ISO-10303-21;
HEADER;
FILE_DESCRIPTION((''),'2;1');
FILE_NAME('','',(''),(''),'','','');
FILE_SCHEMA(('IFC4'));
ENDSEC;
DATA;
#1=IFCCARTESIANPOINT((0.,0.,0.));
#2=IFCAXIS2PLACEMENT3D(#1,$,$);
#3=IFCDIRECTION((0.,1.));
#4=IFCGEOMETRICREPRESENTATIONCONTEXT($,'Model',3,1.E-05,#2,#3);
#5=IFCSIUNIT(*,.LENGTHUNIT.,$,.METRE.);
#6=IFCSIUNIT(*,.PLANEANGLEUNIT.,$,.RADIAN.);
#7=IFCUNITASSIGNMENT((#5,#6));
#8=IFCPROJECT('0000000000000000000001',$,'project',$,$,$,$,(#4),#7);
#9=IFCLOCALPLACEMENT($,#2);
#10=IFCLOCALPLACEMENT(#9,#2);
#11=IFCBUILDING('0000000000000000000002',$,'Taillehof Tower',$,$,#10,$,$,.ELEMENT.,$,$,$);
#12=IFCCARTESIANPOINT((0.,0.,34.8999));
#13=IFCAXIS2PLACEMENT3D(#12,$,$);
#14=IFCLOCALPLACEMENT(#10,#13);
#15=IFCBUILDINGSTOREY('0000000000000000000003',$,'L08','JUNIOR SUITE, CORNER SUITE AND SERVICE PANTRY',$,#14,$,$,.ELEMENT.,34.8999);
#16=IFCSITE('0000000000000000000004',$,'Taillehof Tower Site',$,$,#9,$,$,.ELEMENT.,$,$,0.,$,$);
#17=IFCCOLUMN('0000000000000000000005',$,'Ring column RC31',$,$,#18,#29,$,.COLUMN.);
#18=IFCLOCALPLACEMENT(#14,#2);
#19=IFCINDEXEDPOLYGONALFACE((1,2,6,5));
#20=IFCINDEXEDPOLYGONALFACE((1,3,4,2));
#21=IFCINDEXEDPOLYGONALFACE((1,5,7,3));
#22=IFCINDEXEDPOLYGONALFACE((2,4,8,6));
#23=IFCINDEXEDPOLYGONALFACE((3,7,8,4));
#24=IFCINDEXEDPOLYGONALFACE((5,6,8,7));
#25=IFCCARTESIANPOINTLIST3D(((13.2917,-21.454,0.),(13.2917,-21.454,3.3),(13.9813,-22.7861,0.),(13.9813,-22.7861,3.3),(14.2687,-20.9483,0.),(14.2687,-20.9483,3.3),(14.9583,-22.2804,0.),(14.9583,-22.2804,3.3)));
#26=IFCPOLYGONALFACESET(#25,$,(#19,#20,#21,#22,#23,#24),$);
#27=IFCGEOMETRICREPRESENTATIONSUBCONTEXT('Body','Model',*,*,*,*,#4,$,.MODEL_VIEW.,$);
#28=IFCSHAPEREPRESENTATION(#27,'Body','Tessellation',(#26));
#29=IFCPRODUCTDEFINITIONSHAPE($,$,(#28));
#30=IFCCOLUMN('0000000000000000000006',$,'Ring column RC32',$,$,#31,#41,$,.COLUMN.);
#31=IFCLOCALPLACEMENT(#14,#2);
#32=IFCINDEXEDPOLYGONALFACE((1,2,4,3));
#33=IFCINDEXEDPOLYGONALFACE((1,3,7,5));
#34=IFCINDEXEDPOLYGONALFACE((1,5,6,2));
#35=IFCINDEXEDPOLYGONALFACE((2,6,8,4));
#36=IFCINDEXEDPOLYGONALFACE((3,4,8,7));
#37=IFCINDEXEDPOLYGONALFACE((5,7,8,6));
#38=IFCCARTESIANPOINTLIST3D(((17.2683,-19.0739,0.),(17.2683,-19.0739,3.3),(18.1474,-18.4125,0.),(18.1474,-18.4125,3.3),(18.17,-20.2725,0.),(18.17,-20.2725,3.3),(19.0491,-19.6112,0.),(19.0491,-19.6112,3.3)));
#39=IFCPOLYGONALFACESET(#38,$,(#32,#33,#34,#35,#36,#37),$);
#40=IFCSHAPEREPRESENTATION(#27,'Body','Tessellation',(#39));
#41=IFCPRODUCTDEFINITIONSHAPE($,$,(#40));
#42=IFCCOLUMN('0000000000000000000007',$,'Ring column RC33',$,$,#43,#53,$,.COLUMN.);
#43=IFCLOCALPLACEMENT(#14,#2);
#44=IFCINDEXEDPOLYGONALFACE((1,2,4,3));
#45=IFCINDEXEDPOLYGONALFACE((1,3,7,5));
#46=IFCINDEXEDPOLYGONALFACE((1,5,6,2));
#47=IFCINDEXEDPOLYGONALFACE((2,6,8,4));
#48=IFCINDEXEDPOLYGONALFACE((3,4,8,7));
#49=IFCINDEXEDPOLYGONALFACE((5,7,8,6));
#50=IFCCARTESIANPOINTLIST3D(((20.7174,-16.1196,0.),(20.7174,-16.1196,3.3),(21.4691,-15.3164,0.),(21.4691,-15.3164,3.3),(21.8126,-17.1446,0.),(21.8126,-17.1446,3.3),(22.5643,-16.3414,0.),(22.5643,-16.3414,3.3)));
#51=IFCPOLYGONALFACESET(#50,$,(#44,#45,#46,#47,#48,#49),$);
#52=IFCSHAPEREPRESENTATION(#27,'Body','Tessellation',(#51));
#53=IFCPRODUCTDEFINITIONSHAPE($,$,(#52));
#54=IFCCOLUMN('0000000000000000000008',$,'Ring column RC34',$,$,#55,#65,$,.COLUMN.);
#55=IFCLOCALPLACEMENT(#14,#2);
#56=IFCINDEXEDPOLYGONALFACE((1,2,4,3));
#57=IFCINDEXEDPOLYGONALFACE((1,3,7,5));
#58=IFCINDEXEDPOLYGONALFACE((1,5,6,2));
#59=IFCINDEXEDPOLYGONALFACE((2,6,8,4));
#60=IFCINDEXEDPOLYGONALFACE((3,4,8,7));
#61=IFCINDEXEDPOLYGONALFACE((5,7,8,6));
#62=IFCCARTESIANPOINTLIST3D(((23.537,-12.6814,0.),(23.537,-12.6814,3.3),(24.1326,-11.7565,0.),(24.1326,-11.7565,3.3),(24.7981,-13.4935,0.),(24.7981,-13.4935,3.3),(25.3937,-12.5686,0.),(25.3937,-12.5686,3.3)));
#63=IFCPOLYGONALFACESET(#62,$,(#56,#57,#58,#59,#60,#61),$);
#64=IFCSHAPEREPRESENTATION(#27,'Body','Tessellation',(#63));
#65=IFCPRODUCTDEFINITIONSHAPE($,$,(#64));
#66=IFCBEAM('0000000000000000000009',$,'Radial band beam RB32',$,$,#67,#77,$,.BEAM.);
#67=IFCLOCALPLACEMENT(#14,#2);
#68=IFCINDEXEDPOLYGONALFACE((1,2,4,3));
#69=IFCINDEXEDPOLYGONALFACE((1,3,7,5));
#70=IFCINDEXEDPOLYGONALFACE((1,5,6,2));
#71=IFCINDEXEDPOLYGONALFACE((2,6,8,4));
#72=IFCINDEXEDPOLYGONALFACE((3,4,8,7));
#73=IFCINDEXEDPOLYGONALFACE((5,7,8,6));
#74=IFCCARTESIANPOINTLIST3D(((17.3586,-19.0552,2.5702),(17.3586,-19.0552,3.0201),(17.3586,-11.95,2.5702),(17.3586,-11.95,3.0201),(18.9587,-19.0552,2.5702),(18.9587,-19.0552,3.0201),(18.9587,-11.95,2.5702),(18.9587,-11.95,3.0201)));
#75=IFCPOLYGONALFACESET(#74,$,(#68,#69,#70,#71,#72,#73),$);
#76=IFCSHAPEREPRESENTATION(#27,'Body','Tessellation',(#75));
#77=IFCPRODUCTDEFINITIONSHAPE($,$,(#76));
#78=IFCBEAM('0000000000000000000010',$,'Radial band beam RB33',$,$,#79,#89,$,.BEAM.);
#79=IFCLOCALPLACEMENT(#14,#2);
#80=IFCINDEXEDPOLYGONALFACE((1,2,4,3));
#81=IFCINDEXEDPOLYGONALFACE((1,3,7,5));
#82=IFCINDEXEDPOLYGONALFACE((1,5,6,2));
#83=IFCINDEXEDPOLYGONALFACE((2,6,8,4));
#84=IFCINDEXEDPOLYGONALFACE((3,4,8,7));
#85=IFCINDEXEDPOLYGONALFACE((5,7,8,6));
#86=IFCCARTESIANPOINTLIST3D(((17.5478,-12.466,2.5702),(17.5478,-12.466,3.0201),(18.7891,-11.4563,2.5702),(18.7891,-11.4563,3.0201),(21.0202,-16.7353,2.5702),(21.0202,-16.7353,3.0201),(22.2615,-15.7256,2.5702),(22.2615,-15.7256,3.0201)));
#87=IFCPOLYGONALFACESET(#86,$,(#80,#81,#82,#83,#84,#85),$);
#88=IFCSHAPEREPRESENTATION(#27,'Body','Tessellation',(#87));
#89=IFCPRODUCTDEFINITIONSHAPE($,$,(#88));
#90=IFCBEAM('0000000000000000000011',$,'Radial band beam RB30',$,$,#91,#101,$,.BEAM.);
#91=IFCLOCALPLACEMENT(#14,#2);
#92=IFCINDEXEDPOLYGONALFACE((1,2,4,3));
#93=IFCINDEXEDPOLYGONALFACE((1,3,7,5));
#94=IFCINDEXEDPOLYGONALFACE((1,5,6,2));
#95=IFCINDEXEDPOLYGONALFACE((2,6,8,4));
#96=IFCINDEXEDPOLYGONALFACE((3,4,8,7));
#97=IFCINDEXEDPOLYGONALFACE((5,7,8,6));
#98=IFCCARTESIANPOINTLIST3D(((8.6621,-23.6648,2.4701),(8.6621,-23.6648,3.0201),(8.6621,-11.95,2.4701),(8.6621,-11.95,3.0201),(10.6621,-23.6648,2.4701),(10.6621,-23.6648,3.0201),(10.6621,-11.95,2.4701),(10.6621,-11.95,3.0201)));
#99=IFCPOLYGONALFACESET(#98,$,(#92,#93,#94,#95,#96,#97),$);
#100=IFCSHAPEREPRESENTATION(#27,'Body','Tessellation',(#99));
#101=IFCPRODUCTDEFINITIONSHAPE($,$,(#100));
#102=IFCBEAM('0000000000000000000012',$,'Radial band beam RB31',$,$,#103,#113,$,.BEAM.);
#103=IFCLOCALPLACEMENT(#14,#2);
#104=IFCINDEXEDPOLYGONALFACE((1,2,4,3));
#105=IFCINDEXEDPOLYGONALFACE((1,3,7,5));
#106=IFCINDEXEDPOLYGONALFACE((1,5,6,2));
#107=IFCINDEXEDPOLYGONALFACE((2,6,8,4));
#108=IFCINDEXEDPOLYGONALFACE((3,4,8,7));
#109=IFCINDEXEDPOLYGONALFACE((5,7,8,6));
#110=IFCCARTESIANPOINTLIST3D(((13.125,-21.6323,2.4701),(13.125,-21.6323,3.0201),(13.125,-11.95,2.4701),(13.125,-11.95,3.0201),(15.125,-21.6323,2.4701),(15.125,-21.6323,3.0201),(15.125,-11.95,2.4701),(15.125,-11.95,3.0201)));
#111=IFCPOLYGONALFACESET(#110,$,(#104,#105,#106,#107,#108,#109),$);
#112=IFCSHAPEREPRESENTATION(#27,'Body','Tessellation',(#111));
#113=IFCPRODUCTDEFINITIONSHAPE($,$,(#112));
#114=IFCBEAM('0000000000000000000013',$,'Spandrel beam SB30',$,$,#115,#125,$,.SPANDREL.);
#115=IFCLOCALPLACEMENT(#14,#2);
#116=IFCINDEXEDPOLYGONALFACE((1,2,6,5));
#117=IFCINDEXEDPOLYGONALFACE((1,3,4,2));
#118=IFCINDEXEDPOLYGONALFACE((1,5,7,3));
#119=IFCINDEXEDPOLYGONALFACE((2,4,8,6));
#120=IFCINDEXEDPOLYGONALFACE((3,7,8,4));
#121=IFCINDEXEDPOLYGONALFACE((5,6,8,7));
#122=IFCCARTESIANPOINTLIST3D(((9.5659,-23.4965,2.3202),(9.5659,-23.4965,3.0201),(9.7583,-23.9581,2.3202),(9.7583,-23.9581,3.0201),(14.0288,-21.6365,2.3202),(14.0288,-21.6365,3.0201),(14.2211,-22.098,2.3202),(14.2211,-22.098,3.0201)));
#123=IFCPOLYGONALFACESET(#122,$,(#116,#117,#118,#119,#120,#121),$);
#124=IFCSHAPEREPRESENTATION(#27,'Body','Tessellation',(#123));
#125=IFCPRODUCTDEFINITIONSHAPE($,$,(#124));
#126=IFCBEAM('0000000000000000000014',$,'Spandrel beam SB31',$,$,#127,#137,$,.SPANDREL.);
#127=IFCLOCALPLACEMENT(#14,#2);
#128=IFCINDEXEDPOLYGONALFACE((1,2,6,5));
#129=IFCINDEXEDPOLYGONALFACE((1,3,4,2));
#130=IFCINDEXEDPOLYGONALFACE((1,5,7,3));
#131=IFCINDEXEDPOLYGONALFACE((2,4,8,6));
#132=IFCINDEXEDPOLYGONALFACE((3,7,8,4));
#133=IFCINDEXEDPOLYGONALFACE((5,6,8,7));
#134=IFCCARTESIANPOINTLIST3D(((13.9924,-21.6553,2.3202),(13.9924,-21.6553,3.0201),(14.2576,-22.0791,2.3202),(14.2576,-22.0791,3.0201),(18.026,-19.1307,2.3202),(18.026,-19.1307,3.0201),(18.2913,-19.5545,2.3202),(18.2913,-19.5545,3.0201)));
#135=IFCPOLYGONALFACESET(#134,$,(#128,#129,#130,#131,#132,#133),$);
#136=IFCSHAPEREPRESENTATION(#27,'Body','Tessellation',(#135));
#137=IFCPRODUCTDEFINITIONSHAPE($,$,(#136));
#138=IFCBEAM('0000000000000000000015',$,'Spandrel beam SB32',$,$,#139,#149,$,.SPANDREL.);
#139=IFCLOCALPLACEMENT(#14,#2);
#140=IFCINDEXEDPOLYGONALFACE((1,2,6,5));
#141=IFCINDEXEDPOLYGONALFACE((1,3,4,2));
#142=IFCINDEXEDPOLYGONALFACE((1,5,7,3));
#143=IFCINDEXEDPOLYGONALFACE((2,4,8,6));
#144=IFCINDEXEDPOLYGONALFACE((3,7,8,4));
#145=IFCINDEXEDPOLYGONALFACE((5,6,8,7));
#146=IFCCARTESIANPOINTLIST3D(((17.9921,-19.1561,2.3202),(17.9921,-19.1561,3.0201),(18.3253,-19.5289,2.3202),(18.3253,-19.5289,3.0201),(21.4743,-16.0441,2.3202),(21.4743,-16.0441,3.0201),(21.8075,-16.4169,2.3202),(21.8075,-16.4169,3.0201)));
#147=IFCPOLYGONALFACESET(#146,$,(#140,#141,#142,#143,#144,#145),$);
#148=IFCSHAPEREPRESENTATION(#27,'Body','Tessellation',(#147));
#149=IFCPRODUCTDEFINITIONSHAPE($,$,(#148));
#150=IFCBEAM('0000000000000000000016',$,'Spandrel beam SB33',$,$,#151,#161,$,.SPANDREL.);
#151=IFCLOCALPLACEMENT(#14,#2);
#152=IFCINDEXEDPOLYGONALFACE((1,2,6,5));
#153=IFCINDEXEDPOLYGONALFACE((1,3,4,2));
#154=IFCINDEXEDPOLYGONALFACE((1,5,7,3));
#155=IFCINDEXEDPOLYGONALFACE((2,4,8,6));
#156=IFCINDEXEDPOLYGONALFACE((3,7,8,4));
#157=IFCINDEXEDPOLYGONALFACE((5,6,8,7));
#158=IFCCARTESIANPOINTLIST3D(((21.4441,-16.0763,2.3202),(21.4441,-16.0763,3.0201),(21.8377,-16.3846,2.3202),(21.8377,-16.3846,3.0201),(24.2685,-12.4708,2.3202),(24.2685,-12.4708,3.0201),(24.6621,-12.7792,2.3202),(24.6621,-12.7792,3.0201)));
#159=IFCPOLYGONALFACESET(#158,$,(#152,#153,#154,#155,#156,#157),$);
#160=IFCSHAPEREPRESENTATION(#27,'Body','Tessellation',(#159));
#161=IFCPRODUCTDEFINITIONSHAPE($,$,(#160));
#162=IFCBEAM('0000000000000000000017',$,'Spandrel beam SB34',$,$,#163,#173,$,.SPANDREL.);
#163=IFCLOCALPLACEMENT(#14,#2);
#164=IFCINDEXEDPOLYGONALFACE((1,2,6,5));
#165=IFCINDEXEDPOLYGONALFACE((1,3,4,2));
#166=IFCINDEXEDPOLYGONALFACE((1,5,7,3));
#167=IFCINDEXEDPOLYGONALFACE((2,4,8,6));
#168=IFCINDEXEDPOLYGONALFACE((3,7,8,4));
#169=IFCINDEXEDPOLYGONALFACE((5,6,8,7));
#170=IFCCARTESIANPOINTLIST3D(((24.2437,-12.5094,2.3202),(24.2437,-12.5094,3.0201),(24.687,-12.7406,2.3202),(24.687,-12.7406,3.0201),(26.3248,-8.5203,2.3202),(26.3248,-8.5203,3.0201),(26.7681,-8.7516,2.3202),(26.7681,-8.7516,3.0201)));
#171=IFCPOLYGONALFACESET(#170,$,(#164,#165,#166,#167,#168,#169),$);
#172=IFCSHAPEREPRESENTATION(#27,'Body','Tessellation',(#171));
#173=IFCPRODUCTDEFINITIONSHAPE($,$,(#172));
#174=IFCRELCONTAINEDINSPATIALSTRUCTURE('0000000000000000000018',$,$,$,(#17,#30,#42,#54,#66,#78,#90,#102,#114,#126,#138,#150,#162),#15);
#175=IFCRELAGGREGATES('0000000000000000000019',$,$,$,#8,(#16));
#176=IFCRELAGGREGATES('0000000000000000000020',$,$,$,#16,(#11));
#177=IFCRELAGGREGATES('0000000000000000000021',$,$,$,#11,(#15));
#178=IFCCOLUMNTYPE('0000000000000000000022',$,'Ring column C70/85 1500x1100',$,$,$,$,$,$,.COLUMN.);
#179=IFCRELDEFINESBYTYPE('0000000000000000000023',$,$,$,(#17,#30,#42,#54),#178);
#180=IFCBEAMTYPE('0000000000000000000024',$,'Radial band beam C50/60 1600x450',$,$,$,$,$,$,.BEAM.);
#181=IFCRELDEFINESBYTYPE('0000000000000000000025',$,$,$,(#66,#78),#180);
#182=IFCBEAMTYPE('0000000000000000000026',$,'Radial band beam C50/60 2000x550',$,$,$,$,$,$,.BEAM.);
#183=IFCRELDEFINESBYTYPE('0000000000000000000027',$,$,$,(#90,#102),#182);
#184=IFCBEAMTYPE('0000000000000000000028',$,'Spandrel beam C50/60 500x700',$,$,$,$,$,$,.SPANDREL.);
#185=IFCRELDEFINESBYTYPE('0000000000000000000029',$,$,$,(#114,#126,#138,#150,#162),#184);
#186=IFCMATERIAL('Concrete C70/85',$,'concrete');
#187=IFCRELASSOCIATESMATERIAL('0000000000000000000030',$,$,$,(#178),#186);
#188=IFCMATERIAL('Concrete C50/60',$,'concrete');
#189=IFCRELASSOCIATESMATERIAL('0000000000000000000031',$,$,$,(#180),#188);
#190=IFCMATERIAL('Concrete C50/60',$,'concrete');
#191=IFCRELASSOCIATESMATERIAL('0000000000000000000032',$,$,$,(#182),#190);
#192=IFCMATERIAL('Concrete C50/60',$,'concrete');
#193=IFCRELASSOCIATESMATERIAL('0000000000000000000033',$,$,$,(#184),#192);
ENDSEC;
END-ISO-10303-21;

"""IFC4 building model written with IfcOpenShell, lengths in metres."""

from ifc_helpers import new_model, si_unit, direction, frame, origin, origin_2d, place, context, subcontext, project, spatial, rectangle, extrude, material, material_profile, profile_set, type_object, element, save


model = new_model("IFC4")

# Units and contexts
model_context = context("Model", 3, precision=1e-05, world=origin(), true_north=direction((0.0, 1.0)))
body_context = subcontext(model_context, "Body", "Model", "MODEL_VIEW")
ifc_project = project(units=[si_unit("LENGTHUNIT", "METRE"), si_unit("PLANEANGLEUNIT", "RADIAN")], contexts=[model_context])

# Site, building, storey
site_placement = place(None, origin())
site = spatial("IfcSite", under=ifc_project, at=site_placement, Name="Taillehof Tower Site", CompositionType="ELEMENT", RefElevation=0.0)
building_placement = place(site_placement, origin())
building = spatial("IfcBuilding", under=site, at=building_placement, Name="Taillehof Tower", CompositionType="ELEMENT")
storey_placement = place(building_placement, frame((0.0, 0.0, 34.8999)))
storey = spatial("IfcBuildingStorey", under=building, at=storey_placement, Name="L08", Description="JUNIOR SUITE, CORNER SUITE AND SERVICE PANTRY", CompositionType="ELEMENT", Elevation=34.8999)

# Columns
ifc_material_1 = material(Name="Concrete C70/85", Category="concrete")
ifc_material_profile_1 = material_profile(ifc_material_1, rectangle(XDim=1.5, YDim=1.1001, at=origin_2d()), Name="RC 1500x1100")
ifc_profile_set_1 = profile_set([ifc_material_profile_1], Name="Concrete C70/85")
column_type = type_object("IfcColumnType", Name="Ring column C70/85 1500x1100", PredefinedType="COLUMN", material=ifc_profile_set_1)
for number, where, z_axis, x_axis, name in (
    (1, (14.125, -21.8672, 0.0), (0.0, 0.0, 1.0), (0.459691, -0.888079, 0.0), "Ring column RC31"),
    (2, (18.1587, -19.3425, 0.0), (0.0, 0.0, 1.0), (0.601174, -0.799118, 0.0), "Ring column RC32"),
    (3, (21.6409, -16.2305, 0.0), (0.0, 0.0, 1.0), (0.730113, -0.683326, 0.0), "Ring column RC33"),
    (4, (24.4653, -12.625, 0.0), (0.0, 0.0, 1.0), (0.840754, -0.541418, 0.0), "Ring column RC34"),
):
    element("IfcColumn", number, at=place(storey_placement, frame(where, z_axis=z_axis, x_axis=x_axis)), inside=storey, type_object=column_type, Name=name, PredefinedType="COLUMN", context=body_context, shape_type="SweptSolid", body=[
        extrude(rectangle(XDim=1.5, YDim=1.1001, at=origin_2d()), origin(), (0.0, 0.0, 1.0), 3.3),
    ])

# Beams
ifc_material_2 = material(Name="Concrete C50/60", Category="concrete")
ifc_material_profile_2 = material_profile(ifc_material_2, rectangle(XDim=1.6001, YDim=0.45, at=origin_2d()), Name="RC 1600x450")
ifc_profile_set_2 = profile_set([ifc_material_profile_2], Name="Concrete C50/60")
beam_type_1 = type_object("IfcBeamType", Name="Radial band beam C50/60 1600x450", PredefinedType="BEAM", material=ifc_profile_set_2)
beam_1_placement = place(storey_placement, frame((18.1587, -19.0552, 2.7952), z_axis=(0.0, 1.0, 0.0), x_axis=(-1.0, 0.0, 0.0)))
element("IfcBeam", 5, at=beam_1_placement, inside=storey, type_object=beam_type_1, Name="Radial band beam RB32", PredefinedType="BEAM", context=body_context, shape_type="SweptSolid", body=[
    extrude(rectangle(XDim=1.6001, YDim=0.45, at=origin_2d()), origin(), (0.0, 0.0, 1.0), 7.1052),
])
beam_2_placement = place(storey_placement, frame((21.6409, -16.2305, 2.7952), z_axis=(-0.630988, 0.775792, 0.0), x_axis=(-0.775792, -0.630988, 0.0)))
element("IfcBeam", 6, at=beam_2_placement, inside=storey, type_object=beam_type_1, Name="Radial band beam RB33", PredefinedType="BEAM", context=body_context, shape_type="SweptSolid", body=[
    extrude(rectangle(XDim=1.6001, YDim=0.45, at=origin_2d()), origin(), (0.0, 0.0, 1.0), 5.5032),
])
ifc_material_3 = material(Name="Concrete C50/60", Category="concrete")
ifc_material_profile_3 = material_profile(ifc_material_3, rectangle(XDim=2.0, YDim=0.55, at=origin_2d()), Name="RC 2000x550")
ifc_profile_set_3 = profile_set([ifc_material_profile_3], Name="Concrete C50/60")
beam_type_2 = type_object("IfcBeamType", Name="Radial band beam C50/60 2000x550", PredefinedType="BEAM", material=ifc_profile_set_3)
beam_3_placement = place(storey_placement, frame((9.6621, -23.6648, 2.7451), z_axis=(0.0, 1.0, 0.0), x_axis=(-1.0, 0.0, 0.0)))
element("IfcBeam", 7, at=beam_3_placement, inside=storey, type_object=beam_type_2, Name="Radial band beam RB30", PredefinedType="BEAM", context=body_context, shape_type="SweptSolid", body=[
    extrude(rectangle(XDim=2.0, YDim=0.55, at=origin_2d()), origin(), (0.0, 0.0, 1.0), 11.7148),
])
beam_4_placement = place(storey_placement, frame((14.125, -21.6323, 2.7451), z_axis=(0.0, 1.0, 0.0), x_axis=(-1.0, 0.0, 0.0)))
element("IfcBeam", 8, at=beam_4_placement, inside=storey, type_object=beam_type_2, Name="Radial band beam RB31", PredefinedType="BEAM", context=body_context, shape_type="SweptSolid", body=[
    extrude(rectangle(XDim=2.0, YDim=0.55, at=origin_2d()), origin(), (0.0, 0.0, 1.0), 9.6824),
])
ifc_material_4 = material(Name="Concrete C50/60", Category="concrete")
ifc_material_profile_4 = material_profile(ifc_material_4, rectangle(XDim=0.5, YDim=0.7, at=origin_2d()), Name="RC 500x700")
ifc_profile_set_4 = profile_set([ifc_material_profile_4], Name="Concrete C50/60")
beam_type_3 = type_object("IfcBeamType", Name="Spandrel beam C50/60 500x700", PredefinedType="SPANDREL", material=ifc_profile_set_4)
beam_5_placement = place(storey_placement, frame((9.6621, -23.7273, 2.6702), z_axis=(0.923035, 0.384716, 0.0), x_axis=(-0.384716, 0.923035, 0.0)))
element("IfcBeam", 9, at=beam_5_placement, inside=storey, type_object=beam_type_3, Name="Spandrel beam SB30", PredefinedType="SPANDREL", context=body_context, shape_type="SweptSolid", body=[
    extrude(rectangle(XDim=0.5, YDim=0.7, at=origin_2d()), origin(), (0.0, 0.0, 1.0), 4.835),
])
beam_6_placement = place(storey_placement, frame((14.125, -21.8672, 2.6702), z_axis=(0.847658, 0.530543, 0.0), x_axis=(-0.530543, 0.847658, 0.0)))
element("IfcBeam", 10, at=beam_6_placement, inside=storey, type_object=beam_type_3, Name="Spandrel beam SB31", PredefinedType="SPANDREL", context=body_context, shape_type="SweptSolid", body=[
    extrude(rectangle(XDim=0.5, YDim=0.7, at=origin_2d()), origin(), (0.0, 0.0, 1.0), 4.7585),
])
beam_7_placement = place(storey_placement, frame((18.1587, -19.3425, 2.6702), z_axis=(0.745621, 0.66637, 0.0), x_axis=(-0.66637, 0.745621, 0.0)))
element("IfcBeam", 11, at=beam_7_placement, inside=storey, type_object=beam_type_3, Name="Spandrel beam SB32", PredefinedType="SPANDREL", context=body_context, shape_type="SweptSolid", body=[
    extrude(rectangle(XDim=0.5, YDim=0.7, at=origin_2d()), origin(), (0.0, 0.0, 1.0), 4.6702),
])
beam_8_placement = place(storey_placement, frame((21.6409, -16.2305, 2.6702), z_axis=(0.616686, 0.787209, 0.0), x_axis=(-0.787209, 0.616686, 0.0)))
element("IfcBeam", 12, at=beam_8_placement, inside=storey, type_object=beam_type_3, Name="Spandrel beam SB33", PredefinedType="SPANDREL", context=body_context, shape_type="SweptSolid", body=[
    extrude(rectangle(XDim=0.5, YDim=0.7, at=origin_2d()), origin(), (0.0, 0.0, 1.0), 4.5801),
])
beam_9_placement = place(storey_placement, frame((24.4653, -12.625, 2.6702), z_axis=(0.462536, 0.8866, 0.0), x_axis=(-0.8866, 0.462536, 0.0)))
element("IfcBeam", 13, at=beam_9_placement, inside=storey, type_object=beam_type_3, Name="Spandrel beam SB34", PredefinedType="SPANDREL", context=body_context, shape_type="SweptSolid", body=[
    extrude(rectangle(XDim=0.5, YDim=0.7, at=origin_2d()), origin(), (0.0, 0.0, 1.0), 4.4993),
])

save(model, "model.ifc")
